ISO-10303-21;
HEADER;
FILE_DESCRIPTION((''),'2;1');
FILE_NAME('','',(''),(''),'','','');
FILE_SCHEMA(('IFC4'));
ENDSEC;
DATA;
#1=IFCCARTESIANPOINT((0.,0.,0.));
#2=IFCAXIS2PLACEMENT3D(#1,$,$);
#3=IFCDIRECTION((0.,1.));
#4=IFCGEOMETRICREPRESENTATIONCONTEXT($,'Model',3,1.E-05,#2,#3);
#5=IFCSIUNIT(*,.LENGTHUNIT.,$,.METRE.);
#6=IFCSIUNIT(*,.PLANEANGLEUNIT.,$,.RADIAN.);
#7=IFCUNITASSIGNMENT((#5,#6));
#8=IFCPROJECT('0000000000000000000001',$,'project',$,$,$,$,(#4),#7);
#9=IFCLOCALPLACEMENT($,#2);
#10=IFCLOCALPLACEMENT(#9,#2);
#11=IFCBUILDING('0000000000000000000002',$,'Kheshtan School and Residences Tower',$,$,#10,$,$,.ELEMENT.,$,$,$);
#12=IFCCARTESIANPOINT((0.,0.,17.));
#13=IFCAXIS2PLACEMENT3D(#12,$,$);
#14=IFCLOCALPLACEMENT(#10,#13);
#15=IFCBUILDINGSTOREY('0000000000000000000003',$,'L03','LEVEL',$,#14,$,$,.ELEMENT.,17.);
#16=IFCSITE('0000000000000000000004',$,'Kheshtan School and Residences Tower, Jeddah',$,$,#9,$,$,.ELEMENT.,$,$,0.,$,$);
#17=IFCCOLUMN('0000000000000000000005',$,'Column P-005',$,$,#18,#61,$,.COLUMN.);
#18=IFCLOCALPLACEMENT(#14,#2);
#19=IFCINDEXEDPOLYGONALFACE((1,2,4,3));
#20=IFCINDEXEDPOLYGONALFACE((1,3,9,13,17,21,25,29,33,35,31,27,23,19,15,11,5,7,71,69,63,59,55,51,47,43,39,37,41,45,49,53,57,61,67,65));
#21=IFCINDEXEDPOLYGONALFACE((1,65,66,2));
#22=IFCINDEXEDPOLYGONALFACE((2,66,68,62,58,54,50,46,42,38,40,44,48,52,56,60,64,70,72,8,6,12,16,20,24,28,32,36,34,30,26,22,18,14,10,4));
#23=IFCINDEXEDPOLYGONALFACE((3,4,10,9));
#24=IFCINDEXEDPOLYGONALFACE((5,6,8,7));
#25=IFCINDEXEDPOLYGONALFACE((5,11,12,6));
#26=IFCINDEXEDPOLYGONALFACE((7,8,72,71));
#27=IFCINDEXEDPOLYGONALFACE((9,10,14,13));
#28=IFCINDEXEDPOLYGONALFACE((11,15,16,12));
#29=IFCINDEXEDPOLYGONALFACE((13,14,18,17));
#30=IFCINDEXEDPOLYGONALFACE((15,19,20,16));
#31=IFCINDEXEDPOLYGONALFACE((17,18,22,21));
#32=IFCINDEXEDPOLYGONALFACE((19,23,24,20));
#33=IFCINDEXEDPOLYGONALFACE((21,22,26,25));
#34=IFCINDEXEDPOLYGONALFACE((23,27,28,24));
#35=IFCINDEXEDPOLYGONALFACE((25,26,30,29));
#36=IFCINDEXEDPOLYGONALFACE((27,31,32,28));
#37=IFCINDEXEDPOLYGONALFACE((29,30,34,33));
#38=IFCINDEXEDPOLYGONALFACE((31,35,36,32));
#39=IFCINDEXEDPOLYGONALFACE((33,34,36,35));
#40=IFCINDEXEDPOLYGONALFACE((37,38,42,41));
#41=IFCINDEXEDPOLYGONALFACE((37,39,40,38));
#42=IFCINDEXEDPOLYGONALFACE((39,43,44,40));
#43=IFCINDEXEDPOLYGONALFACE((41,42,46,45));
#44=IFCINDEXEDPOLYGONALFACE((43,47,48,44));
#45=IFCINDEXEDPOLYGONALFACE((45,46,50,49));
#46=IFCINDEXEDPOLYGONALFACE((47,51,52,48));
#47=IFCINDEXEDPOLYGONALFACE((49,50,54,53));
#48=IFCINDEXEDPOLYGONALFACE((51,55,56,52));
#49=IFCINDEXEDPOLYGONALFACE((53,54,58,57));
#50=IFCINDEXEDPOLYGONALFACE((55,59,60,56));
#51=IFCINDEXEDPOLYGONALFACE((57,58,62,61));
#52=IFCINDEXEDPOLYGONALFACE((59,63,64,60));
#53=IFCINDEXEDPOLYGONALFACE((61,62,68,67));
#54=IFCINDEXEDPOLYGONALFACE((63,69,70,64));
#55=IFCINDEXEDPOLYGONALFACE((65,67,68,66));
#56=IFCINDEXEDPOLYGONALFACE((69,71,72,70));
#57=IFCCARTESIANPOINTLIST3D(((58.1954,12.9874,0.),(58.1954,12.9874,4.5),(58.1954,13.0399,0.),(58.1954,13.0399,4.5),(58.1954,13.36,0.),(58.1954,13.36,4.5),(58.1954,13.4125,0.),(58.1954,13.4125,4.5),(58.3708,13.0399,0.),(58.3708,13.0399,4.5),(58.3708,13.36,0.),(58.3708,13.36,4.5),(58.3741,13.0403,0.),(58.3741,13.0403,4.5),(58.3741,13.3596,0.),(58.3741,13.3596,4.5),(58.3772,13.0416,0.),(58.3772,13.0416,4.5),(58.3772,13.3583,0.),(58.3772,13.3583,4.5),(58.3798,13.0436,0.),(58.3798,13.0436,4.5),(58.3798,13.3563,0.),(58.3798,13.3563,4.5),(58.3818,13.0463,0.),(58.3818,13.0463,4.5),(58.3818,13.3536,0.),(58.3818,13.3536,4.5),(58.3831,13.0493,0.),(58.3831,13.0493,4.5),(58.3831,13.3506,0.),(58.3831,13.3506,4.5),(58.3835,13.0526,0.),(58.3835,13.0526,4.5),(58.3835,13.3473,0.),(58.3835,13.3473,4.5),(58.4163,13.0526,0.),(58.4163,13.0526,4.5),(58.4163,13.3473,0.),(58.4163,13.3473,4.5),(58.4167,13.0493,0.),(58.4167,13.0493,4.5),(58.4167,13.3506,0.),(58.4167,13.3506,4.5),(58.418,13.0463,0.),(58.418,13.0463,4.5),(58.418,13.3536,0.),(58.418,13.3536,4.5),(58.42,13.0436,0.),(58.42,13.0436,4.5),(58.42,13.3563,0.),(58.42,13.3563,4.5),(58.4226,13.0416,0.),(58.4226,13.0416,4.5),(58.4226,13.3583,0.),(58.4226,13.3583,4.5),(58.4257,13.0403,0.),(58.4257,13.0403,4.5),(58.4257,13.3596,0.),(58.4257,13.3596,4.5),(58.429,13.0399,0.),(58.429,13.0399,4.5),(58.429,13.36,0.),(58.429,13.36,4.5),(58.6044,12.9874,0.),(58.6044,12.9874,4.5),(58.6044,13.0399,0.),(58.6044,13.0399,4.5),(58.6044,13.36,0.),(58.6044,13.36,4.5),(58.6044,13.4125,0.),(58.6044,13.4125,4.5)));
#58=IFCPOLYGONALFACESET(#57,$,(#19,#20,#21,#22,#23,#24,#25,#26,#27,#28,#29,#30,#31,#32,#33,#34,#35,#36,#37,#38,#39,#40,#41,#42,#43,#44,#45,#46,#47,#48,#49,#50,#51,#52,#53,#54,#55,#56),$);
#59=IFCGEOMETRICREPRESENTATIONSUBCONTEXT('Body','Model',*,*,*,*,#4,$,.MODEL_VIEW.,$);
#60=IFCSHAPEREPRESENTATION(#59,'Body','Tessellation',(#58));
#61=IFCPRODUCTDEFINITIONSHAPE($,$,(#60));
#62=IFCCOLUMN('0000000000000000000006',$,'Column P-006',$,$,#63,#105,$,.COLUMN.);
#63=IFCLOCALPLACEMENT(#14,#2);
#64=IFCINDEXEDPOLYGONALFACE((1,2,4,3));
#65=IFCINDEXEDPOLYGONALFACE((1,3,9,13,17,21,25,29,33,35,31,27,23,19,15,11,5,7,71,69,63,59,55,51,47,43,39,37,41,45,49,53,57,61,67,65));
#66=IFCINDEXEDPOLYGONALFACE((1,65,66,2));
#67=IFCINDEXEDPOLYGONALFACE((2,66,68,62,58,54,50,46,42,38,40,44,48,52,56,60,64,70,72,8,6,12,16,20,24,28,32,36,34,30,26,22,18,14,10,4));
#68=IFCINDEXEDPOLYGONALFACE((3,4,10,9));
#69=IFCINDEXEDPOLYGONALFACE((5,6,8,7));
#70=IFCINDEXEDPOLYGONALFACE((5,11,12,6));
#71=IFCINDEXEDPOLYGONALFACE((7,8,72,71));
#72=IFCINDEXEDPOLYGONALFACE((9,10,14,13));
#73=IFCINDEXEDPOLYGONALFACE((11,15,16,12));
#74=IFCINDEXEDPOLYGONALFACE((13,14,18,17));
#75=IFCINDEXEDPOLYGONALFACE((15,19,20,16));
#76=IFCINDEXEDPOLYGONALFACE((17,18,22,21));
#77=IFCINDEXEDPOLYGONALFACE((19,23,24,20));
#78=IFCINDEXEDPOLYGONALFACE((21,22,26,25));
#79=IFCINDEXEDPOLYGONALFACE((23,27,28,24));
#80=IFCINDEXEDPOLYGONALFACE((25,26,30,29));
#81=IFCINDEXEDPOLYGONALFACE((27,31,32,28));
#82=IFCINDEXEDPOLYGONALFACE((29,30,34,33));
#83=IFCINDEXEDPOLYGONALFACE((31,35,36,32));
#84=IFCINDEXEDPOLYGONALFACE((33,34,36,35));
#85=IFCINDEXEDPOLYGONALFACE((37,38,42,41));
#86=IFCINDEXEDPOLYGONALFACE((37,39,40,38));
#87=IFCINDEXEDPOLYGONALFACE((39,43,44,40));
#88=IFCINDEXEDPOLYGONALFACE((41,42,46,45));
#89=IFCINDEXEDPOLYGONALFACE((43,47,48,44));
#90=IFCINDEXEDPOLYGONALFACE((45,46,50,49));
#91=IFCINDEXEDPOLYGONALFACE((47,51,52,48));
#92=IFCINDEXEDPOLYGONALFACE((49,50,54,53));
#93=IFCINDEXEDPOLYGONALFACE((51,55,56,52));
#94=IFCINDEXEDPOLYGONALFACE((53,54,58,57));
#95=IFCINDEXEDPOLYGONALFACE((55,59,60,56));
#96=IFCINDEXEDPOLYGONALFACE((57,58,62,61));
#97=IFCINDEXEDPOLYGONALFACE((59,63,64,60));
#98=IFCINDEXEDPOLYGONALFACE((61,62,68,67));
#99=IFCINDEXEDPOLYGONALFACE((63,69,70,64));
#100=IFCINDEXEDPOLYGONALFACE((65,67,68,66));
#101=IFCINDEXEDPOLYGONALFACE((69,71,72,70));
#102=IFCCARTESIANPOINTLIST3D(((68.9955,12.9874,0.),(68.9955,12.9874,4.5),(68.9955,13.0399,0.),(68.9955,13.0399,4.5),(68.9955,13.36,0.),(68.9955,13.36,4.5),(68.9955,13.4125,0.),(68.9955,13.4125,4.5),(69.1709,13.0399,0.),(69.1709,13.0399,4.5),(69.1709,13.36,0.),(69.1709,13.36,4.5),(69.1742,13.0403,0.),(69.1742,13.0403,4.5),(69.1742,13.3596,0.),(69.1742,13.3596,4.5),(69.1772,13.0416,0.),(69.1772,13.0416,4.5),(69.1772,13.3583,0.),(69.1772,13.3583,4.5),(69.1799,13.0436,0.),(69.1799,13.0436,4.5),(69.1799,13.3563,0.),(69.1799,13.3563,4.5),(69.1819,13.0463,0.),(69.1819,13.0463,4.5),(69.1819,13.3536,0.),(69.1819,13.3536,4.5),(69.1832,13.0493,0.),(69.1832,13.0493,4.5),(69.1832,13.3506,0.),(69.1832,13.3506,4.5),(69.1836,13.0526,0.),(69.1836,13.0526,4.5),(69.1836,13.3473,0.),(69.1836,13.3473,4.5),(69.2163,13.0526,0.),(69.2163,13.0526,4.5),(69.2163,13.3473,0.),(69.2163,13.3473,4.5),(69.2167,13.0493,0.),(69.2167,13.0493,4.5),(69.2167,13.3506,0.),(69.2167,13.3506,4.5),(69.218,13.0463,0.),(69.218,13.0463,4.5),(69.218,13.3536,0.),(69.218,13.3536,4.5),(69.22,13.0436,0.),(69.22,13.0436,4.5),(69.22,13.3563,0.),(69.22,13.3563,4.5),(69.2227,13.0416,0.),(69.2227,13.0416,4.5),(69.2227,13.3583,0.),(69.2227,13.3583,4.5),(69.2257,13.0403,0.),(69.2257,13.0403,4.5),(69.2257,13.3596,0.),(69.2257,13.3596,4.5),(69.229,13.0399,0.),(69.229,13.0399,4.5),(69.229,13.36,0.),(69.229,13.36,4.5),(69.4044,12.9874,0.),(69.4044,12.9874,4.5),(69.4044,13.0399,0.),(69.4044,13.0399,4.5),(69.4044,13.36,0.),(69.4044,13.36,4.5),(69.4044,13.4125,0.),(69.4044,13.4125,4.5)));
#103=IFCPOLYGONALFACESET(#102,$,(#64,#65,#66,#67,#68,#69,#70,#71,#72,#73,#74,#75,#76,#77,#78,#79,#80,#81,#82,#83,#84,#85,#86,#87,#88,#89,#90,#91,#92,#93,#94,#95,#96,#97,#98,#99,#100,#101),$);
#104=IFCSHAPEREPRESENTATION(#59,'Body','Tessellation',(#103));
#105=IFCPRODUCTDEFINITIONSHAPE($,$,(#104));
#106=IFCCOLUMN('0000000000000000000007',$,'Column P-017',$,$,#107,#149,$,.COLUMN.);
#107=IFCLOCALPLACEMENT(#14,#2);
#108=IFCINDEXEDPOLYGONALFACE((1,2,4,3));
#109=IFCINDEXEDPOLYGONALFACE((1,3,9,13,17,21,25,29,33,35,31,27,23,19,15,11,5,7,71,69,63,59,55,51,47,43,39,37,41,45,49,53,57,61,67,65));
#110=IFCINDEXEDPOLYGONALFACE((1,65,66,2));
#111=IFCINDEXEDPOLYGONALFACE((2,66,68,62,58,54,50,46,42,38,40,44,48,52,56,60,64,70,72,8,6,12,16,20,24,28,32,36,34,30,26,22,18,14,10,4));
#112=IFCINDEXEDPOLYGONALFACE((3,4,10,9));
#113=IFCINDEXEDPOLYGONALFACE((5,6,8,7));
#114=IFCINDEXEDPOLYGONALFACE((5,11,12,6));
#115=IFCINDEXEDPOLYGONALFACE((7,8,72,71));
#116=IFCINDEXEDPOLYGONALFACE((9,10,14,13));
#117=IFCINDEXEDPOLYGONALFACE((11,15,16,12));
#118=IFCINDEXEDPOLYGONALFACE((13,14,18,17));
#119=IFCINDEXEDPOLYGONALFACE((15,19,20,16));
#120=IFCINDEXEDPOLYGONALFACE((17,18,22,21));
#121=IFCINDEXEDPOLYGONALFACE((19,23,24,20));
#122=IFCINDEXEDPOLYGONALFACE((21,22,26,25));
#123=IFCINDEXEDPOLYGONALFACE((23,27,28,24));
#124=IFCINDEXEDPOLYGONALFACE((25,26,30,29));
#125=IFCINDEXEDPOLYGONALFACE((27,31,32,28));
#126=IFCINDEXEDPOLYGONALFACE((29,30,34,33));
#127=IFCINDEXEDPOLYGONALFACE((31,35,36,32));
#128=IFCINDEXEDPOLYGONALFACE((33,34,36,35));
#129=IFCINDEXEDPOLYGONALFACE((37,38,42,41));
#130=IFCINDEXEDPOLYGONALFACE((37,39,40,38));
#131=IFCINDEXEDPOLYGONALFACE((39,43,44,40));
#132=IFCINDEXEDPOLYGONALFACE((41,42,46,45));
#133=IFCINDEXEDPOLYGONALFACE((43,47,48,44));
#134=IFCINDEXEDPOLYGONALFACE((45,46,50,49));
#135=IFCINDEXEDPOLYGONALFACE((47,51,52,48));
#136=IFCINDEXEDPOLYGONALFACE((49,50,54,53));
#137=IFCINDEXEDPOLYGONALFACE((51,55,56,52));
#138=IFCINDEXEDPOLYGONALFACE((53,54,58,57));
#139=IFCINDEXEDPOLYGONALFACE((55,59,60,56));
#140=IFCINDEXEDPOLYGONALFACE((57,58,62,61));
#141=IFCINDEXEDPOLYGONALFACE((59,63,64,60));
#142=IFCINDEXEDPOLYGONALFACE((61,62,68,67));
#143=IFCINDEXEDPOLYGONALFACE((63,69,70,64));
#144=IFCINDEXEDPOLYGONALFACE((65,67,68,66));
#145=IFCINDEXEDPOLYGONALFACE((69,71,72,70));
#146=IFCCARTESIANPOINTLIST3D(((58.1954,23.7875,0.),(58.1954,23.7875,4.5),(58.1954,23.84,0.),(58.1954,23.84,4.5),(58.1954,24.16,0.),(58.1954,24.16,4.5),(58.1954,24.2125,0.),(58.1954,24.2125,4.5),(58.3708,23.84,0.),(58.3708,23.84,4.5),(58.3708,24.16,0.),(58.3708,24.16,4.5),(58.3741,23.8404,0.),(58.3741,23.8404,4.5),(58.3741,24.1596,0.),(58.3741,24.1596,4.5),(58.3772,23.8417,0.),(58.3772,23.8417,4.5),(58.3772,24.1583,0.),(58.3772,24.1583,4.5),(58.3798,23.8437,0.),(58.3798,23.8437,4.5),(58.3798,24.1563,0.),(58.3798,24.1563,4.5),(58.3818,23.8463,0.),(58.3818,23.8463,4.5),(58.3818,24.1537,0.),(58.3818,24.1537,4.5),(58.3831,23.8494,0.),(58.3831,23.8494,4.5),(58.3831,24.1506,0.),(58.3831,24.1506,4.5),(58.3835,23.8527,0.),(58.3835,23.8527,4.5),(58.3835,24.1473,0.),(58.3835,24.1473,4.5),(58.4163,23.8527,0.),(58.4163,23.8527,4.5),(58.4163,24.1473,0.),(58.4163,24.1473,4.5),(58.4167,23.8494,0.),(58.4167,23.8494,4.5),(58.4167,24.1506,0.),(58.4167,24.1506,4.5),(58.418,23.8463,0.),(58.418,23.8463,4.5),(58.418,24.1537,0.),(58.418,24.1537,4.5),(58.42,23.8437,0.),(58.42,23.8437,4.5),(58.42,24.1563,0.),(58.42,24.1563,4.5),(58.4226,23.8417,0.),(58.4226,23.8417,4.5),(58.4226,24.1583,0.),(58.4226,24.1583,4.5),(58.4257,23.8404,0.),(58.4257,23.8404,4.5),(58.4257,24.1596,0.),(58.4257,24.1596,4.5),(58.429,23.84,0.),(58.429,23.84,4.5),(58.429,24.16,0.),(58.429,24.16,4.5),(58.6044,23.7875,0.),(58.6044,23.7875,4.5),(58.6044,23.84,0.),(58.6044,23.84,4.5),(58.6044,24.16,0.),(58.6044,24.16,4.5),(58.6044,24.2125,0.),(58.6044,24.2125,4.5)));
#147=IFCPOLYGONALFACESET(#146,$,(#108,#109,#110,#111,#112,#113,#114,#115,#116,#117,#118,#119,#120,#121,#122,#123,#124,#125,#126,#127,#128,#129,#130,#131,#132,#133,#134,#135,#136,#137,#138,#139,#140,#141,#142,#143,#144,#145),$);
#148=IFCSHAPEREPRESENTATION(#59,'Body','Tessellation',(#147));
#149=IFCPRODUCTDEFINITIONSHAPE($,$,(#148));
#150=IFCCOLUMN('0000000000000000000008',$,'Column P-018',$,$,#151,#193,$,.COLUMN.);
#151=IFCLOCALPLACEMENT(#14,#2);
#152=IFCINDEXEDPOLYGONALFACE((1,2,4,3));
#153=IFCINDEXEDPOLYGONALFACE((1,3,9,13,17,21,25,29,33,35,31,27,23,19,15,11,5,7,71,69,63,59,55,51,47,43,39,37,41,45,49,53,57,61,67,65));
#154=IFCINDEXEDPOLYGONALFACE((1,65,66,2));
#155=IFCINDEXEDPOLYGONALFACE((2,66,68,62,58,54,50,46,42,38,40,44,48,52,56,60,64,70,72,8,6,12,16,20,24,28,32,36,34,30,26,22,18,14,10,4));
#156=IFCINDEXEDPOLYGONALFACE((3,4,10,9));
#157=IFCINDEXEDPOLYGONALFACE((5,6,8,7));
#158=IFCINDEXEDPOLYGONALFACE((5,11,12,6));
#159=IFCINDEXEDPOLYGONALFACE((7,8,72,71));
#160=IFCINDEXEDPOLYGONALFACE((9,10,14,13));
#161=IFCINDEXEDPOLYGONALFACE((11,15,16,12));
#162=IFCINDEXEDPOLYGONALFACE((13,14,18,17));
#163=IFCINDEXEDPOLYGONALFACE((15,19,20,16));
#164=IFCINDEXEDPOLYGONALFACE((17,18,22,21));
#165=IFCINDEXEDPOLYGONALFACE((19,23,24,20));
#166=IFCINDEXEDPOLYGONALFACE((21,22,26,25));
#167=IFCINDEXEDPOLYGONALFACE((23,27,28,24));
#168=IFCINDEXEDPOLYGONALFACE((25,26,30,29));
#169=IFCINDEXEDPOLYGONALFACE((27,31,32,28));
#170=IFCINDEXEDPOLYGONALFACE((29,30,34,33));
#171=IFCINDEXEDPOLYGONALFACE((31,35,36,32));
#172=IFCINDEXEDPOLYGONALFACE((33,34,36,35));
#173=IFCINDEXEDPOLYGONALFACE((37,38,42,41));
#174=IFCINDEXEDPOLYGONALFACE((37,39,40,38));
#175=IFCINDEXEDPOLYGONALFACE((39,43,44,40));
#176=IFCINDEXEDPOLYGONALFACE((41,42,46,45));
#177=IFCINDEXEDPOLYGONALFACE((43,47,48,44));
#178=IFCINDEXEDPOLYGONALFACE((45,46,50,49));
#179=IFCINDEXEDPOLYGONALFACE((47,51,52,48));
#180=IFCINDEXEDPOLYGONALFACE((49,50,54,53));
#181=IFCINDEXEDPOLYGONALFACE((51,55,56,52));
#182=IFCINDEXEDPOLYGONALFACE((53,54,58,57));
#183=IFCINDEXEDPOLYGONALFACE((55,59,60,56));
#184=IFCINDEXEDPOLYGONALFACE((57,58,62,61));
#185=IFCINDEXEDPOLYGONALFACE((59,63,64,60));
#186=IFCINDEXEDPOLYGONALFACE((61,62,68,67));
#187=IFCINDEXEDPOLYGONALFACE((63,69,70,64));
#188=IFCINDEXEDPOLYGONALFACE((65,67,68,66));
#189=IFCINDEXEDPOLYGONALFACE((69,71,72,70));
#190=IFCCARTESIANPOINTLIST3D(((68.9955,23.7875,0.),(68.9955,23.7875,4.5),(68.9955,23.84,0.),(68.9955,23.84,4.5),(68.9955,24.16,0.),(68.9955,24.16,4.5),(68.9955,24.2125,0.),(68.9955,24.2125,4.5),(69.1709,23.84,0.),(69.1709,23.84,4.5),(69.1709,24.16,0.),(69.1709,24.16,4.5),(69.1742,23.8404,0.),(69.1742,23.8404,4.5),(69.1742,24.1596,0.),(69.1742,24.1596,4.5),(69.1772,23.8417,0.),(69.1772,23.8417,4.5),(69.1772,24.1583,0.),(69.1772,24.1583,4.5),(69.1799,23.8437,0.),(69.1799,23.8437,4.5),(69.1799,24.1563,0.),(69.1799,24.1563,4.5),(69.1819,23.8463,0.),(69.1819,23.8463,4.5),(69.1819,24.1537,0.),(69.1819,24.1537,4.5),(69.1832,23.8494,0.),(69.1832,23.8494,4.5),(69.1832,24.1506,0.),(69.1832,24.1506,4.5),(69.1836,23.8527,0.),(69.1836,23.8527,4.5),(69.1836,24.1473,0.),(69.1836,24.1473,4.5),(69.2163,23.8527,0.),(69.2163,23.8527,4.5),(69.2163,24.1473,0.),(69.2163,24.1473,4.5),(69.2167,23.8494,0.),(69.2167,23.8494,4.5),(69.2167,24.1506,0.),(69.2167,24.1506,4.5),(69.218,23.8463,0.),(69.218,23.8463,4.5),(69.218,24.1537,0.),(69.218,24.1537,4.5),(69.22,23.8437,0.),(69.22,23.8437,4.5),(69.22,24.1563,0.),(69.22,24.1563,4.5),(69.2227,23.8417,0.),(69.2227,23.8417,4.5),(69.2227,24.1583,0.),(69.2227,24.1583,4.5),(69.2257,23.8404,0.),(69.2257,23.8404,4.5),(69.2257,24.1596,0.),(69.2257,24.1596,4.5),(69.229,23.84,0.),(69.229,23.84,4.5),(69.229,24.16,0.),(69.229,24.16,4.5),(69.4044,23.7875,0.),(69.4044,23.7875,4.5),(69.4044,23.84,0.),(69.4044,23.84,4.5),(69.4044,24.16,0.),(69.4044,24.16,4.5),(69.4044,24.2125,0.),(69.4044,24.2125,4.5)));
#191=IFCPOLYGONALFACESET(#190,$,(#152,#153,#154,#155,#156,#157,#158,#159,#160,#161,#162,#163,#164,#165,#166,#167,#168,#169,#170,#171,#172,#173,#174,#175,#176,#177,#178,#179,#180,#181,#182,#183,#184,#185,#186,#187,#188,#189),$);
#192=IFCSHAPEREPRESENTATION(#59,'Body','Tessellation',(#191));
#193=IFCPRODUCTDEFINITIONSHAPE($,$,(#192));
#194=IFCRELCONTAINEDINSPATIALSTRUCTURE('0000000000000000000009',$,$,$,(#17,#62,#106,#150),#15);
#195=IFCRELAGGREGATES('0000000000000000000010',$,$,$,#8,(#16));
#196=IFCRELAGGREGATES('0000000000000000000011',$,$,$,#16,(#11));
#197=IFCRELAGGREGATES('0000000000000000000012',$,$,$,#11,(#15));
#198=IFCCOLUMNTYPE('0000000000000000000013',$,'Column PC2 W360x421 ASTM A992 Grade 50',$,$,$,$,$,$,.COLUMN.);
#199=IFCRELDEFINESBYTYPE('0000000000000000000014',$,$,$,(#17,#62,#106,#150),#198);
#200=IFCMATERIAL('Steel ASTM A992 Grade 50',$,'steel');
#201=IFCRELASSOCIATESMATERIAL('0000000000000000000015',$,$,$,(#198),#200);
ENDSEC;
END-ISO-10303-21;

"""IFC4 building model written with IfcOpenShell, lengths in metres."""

from ifc_helpers import new_model, si_unit, direction, frame, origin, origin_2d, place, context, subcontext, project, spatial, i_section, extrude, material, material_profile, profile_set, type_object, element, save


model = new_model("IFC4")

# Units and contexts
model_context = context("Model", 3, precision=1e-05, world=origin(), true_north=direction((0.0, 1.0)))
body_context = subcontext(model_context, "Body", "Model", "MODEL_VIEW")
ifc_project = project(units=[si_unit("LENGTHUNIT", "METRE"), si_unit("PLANEANGLEUNIT", "RADIAN")], contexts=[model_context])

# Site, building, storey
site_placement = place(None, origin())
site = spatial("IfcSite", under=ifc_project, at=site_placement, Name="Kheshtan School and Residences Tower, Jeddah", CompositionType="ELEMENT", RefElevation=0.0)
building_placement = place(site_placement, origin())
building = spatial("IfcBuilding", under=site, at=building_placement, Name="Kheshtan School and Residences Tower", CompositionType="ELEMENT")
storey_placement = place(building_placement, frame((0.0, 0.0, 17.0)))
storey = spatial("IfcBuildingStorey", under=building, at=storey_placement, Name="L03", Description="LEVEL", CompositionType="ELEMENT", Elevation=17.0)

# Columns
ifc_material_1 = material(Name="Steel ASTM A992 Grade 50", Category="steel")
ifc_material_profile_1 = material_profile(ifc_material_1, i_section(OverallWidth=0.4089, OverallDepth=0.425, WebThickness=0.0327, FlangeThickness=0.0525, FilletRadius=0.0127, at=origin_2d()), Name="W360x421")
ifc_profile_set_1 = profile_set([ifc_material_profile_1], Name="Steel ASTM A992 Grade 50")
column_type = type_object("IfcColumnType", Name="Column PC2 W360x421 ASTM A992 Grade 50", PredefinedType="COLUMN", material=ifc_profile_set_1)
for number, where, z_axis, x_axis, name in (
    (1, (58.3999, 13.2, 0.0), (0.0, 0.0, 1.0), (1.0, 0.0, 0.0), "Column P-005"),
    (2, (69.2, 13.2, 0.0), (0.0, 0.0, 1.0), (1.0, 0.0, 0.0), "Column P-006"),
    (3, (58.3999, 24.0, 0.0), (0.0, 0.0, 1.0), (1.0, 0.0, 0.0), "Column P-017"),
    (4, (69.2, 24.0, 0.0), (0.0, 0.0, 1.0), (1.0, 0.0, 0.0), "Column P-018"),
):
    element("IfcColumn", number, at=place(storey_placement, frame(where, z_axis=z_axis, x_axis=x_axis)), inside=storey, type_object=column_type, Name=name, PredefinedType="COLUMN", context=body_context, shape_type="SweptSolid", body=[
        extrude(i_section(OverallWidth=0.4089, OverallDepth=0.425, WebThickness=0.0327, FlangeThickness=0.0525, FilletRadius=0.0127, at=origin_2d()), origin(), (0.0, 0.0, 1.0), 4.5),
    ])

save(model, "model.ifc")
